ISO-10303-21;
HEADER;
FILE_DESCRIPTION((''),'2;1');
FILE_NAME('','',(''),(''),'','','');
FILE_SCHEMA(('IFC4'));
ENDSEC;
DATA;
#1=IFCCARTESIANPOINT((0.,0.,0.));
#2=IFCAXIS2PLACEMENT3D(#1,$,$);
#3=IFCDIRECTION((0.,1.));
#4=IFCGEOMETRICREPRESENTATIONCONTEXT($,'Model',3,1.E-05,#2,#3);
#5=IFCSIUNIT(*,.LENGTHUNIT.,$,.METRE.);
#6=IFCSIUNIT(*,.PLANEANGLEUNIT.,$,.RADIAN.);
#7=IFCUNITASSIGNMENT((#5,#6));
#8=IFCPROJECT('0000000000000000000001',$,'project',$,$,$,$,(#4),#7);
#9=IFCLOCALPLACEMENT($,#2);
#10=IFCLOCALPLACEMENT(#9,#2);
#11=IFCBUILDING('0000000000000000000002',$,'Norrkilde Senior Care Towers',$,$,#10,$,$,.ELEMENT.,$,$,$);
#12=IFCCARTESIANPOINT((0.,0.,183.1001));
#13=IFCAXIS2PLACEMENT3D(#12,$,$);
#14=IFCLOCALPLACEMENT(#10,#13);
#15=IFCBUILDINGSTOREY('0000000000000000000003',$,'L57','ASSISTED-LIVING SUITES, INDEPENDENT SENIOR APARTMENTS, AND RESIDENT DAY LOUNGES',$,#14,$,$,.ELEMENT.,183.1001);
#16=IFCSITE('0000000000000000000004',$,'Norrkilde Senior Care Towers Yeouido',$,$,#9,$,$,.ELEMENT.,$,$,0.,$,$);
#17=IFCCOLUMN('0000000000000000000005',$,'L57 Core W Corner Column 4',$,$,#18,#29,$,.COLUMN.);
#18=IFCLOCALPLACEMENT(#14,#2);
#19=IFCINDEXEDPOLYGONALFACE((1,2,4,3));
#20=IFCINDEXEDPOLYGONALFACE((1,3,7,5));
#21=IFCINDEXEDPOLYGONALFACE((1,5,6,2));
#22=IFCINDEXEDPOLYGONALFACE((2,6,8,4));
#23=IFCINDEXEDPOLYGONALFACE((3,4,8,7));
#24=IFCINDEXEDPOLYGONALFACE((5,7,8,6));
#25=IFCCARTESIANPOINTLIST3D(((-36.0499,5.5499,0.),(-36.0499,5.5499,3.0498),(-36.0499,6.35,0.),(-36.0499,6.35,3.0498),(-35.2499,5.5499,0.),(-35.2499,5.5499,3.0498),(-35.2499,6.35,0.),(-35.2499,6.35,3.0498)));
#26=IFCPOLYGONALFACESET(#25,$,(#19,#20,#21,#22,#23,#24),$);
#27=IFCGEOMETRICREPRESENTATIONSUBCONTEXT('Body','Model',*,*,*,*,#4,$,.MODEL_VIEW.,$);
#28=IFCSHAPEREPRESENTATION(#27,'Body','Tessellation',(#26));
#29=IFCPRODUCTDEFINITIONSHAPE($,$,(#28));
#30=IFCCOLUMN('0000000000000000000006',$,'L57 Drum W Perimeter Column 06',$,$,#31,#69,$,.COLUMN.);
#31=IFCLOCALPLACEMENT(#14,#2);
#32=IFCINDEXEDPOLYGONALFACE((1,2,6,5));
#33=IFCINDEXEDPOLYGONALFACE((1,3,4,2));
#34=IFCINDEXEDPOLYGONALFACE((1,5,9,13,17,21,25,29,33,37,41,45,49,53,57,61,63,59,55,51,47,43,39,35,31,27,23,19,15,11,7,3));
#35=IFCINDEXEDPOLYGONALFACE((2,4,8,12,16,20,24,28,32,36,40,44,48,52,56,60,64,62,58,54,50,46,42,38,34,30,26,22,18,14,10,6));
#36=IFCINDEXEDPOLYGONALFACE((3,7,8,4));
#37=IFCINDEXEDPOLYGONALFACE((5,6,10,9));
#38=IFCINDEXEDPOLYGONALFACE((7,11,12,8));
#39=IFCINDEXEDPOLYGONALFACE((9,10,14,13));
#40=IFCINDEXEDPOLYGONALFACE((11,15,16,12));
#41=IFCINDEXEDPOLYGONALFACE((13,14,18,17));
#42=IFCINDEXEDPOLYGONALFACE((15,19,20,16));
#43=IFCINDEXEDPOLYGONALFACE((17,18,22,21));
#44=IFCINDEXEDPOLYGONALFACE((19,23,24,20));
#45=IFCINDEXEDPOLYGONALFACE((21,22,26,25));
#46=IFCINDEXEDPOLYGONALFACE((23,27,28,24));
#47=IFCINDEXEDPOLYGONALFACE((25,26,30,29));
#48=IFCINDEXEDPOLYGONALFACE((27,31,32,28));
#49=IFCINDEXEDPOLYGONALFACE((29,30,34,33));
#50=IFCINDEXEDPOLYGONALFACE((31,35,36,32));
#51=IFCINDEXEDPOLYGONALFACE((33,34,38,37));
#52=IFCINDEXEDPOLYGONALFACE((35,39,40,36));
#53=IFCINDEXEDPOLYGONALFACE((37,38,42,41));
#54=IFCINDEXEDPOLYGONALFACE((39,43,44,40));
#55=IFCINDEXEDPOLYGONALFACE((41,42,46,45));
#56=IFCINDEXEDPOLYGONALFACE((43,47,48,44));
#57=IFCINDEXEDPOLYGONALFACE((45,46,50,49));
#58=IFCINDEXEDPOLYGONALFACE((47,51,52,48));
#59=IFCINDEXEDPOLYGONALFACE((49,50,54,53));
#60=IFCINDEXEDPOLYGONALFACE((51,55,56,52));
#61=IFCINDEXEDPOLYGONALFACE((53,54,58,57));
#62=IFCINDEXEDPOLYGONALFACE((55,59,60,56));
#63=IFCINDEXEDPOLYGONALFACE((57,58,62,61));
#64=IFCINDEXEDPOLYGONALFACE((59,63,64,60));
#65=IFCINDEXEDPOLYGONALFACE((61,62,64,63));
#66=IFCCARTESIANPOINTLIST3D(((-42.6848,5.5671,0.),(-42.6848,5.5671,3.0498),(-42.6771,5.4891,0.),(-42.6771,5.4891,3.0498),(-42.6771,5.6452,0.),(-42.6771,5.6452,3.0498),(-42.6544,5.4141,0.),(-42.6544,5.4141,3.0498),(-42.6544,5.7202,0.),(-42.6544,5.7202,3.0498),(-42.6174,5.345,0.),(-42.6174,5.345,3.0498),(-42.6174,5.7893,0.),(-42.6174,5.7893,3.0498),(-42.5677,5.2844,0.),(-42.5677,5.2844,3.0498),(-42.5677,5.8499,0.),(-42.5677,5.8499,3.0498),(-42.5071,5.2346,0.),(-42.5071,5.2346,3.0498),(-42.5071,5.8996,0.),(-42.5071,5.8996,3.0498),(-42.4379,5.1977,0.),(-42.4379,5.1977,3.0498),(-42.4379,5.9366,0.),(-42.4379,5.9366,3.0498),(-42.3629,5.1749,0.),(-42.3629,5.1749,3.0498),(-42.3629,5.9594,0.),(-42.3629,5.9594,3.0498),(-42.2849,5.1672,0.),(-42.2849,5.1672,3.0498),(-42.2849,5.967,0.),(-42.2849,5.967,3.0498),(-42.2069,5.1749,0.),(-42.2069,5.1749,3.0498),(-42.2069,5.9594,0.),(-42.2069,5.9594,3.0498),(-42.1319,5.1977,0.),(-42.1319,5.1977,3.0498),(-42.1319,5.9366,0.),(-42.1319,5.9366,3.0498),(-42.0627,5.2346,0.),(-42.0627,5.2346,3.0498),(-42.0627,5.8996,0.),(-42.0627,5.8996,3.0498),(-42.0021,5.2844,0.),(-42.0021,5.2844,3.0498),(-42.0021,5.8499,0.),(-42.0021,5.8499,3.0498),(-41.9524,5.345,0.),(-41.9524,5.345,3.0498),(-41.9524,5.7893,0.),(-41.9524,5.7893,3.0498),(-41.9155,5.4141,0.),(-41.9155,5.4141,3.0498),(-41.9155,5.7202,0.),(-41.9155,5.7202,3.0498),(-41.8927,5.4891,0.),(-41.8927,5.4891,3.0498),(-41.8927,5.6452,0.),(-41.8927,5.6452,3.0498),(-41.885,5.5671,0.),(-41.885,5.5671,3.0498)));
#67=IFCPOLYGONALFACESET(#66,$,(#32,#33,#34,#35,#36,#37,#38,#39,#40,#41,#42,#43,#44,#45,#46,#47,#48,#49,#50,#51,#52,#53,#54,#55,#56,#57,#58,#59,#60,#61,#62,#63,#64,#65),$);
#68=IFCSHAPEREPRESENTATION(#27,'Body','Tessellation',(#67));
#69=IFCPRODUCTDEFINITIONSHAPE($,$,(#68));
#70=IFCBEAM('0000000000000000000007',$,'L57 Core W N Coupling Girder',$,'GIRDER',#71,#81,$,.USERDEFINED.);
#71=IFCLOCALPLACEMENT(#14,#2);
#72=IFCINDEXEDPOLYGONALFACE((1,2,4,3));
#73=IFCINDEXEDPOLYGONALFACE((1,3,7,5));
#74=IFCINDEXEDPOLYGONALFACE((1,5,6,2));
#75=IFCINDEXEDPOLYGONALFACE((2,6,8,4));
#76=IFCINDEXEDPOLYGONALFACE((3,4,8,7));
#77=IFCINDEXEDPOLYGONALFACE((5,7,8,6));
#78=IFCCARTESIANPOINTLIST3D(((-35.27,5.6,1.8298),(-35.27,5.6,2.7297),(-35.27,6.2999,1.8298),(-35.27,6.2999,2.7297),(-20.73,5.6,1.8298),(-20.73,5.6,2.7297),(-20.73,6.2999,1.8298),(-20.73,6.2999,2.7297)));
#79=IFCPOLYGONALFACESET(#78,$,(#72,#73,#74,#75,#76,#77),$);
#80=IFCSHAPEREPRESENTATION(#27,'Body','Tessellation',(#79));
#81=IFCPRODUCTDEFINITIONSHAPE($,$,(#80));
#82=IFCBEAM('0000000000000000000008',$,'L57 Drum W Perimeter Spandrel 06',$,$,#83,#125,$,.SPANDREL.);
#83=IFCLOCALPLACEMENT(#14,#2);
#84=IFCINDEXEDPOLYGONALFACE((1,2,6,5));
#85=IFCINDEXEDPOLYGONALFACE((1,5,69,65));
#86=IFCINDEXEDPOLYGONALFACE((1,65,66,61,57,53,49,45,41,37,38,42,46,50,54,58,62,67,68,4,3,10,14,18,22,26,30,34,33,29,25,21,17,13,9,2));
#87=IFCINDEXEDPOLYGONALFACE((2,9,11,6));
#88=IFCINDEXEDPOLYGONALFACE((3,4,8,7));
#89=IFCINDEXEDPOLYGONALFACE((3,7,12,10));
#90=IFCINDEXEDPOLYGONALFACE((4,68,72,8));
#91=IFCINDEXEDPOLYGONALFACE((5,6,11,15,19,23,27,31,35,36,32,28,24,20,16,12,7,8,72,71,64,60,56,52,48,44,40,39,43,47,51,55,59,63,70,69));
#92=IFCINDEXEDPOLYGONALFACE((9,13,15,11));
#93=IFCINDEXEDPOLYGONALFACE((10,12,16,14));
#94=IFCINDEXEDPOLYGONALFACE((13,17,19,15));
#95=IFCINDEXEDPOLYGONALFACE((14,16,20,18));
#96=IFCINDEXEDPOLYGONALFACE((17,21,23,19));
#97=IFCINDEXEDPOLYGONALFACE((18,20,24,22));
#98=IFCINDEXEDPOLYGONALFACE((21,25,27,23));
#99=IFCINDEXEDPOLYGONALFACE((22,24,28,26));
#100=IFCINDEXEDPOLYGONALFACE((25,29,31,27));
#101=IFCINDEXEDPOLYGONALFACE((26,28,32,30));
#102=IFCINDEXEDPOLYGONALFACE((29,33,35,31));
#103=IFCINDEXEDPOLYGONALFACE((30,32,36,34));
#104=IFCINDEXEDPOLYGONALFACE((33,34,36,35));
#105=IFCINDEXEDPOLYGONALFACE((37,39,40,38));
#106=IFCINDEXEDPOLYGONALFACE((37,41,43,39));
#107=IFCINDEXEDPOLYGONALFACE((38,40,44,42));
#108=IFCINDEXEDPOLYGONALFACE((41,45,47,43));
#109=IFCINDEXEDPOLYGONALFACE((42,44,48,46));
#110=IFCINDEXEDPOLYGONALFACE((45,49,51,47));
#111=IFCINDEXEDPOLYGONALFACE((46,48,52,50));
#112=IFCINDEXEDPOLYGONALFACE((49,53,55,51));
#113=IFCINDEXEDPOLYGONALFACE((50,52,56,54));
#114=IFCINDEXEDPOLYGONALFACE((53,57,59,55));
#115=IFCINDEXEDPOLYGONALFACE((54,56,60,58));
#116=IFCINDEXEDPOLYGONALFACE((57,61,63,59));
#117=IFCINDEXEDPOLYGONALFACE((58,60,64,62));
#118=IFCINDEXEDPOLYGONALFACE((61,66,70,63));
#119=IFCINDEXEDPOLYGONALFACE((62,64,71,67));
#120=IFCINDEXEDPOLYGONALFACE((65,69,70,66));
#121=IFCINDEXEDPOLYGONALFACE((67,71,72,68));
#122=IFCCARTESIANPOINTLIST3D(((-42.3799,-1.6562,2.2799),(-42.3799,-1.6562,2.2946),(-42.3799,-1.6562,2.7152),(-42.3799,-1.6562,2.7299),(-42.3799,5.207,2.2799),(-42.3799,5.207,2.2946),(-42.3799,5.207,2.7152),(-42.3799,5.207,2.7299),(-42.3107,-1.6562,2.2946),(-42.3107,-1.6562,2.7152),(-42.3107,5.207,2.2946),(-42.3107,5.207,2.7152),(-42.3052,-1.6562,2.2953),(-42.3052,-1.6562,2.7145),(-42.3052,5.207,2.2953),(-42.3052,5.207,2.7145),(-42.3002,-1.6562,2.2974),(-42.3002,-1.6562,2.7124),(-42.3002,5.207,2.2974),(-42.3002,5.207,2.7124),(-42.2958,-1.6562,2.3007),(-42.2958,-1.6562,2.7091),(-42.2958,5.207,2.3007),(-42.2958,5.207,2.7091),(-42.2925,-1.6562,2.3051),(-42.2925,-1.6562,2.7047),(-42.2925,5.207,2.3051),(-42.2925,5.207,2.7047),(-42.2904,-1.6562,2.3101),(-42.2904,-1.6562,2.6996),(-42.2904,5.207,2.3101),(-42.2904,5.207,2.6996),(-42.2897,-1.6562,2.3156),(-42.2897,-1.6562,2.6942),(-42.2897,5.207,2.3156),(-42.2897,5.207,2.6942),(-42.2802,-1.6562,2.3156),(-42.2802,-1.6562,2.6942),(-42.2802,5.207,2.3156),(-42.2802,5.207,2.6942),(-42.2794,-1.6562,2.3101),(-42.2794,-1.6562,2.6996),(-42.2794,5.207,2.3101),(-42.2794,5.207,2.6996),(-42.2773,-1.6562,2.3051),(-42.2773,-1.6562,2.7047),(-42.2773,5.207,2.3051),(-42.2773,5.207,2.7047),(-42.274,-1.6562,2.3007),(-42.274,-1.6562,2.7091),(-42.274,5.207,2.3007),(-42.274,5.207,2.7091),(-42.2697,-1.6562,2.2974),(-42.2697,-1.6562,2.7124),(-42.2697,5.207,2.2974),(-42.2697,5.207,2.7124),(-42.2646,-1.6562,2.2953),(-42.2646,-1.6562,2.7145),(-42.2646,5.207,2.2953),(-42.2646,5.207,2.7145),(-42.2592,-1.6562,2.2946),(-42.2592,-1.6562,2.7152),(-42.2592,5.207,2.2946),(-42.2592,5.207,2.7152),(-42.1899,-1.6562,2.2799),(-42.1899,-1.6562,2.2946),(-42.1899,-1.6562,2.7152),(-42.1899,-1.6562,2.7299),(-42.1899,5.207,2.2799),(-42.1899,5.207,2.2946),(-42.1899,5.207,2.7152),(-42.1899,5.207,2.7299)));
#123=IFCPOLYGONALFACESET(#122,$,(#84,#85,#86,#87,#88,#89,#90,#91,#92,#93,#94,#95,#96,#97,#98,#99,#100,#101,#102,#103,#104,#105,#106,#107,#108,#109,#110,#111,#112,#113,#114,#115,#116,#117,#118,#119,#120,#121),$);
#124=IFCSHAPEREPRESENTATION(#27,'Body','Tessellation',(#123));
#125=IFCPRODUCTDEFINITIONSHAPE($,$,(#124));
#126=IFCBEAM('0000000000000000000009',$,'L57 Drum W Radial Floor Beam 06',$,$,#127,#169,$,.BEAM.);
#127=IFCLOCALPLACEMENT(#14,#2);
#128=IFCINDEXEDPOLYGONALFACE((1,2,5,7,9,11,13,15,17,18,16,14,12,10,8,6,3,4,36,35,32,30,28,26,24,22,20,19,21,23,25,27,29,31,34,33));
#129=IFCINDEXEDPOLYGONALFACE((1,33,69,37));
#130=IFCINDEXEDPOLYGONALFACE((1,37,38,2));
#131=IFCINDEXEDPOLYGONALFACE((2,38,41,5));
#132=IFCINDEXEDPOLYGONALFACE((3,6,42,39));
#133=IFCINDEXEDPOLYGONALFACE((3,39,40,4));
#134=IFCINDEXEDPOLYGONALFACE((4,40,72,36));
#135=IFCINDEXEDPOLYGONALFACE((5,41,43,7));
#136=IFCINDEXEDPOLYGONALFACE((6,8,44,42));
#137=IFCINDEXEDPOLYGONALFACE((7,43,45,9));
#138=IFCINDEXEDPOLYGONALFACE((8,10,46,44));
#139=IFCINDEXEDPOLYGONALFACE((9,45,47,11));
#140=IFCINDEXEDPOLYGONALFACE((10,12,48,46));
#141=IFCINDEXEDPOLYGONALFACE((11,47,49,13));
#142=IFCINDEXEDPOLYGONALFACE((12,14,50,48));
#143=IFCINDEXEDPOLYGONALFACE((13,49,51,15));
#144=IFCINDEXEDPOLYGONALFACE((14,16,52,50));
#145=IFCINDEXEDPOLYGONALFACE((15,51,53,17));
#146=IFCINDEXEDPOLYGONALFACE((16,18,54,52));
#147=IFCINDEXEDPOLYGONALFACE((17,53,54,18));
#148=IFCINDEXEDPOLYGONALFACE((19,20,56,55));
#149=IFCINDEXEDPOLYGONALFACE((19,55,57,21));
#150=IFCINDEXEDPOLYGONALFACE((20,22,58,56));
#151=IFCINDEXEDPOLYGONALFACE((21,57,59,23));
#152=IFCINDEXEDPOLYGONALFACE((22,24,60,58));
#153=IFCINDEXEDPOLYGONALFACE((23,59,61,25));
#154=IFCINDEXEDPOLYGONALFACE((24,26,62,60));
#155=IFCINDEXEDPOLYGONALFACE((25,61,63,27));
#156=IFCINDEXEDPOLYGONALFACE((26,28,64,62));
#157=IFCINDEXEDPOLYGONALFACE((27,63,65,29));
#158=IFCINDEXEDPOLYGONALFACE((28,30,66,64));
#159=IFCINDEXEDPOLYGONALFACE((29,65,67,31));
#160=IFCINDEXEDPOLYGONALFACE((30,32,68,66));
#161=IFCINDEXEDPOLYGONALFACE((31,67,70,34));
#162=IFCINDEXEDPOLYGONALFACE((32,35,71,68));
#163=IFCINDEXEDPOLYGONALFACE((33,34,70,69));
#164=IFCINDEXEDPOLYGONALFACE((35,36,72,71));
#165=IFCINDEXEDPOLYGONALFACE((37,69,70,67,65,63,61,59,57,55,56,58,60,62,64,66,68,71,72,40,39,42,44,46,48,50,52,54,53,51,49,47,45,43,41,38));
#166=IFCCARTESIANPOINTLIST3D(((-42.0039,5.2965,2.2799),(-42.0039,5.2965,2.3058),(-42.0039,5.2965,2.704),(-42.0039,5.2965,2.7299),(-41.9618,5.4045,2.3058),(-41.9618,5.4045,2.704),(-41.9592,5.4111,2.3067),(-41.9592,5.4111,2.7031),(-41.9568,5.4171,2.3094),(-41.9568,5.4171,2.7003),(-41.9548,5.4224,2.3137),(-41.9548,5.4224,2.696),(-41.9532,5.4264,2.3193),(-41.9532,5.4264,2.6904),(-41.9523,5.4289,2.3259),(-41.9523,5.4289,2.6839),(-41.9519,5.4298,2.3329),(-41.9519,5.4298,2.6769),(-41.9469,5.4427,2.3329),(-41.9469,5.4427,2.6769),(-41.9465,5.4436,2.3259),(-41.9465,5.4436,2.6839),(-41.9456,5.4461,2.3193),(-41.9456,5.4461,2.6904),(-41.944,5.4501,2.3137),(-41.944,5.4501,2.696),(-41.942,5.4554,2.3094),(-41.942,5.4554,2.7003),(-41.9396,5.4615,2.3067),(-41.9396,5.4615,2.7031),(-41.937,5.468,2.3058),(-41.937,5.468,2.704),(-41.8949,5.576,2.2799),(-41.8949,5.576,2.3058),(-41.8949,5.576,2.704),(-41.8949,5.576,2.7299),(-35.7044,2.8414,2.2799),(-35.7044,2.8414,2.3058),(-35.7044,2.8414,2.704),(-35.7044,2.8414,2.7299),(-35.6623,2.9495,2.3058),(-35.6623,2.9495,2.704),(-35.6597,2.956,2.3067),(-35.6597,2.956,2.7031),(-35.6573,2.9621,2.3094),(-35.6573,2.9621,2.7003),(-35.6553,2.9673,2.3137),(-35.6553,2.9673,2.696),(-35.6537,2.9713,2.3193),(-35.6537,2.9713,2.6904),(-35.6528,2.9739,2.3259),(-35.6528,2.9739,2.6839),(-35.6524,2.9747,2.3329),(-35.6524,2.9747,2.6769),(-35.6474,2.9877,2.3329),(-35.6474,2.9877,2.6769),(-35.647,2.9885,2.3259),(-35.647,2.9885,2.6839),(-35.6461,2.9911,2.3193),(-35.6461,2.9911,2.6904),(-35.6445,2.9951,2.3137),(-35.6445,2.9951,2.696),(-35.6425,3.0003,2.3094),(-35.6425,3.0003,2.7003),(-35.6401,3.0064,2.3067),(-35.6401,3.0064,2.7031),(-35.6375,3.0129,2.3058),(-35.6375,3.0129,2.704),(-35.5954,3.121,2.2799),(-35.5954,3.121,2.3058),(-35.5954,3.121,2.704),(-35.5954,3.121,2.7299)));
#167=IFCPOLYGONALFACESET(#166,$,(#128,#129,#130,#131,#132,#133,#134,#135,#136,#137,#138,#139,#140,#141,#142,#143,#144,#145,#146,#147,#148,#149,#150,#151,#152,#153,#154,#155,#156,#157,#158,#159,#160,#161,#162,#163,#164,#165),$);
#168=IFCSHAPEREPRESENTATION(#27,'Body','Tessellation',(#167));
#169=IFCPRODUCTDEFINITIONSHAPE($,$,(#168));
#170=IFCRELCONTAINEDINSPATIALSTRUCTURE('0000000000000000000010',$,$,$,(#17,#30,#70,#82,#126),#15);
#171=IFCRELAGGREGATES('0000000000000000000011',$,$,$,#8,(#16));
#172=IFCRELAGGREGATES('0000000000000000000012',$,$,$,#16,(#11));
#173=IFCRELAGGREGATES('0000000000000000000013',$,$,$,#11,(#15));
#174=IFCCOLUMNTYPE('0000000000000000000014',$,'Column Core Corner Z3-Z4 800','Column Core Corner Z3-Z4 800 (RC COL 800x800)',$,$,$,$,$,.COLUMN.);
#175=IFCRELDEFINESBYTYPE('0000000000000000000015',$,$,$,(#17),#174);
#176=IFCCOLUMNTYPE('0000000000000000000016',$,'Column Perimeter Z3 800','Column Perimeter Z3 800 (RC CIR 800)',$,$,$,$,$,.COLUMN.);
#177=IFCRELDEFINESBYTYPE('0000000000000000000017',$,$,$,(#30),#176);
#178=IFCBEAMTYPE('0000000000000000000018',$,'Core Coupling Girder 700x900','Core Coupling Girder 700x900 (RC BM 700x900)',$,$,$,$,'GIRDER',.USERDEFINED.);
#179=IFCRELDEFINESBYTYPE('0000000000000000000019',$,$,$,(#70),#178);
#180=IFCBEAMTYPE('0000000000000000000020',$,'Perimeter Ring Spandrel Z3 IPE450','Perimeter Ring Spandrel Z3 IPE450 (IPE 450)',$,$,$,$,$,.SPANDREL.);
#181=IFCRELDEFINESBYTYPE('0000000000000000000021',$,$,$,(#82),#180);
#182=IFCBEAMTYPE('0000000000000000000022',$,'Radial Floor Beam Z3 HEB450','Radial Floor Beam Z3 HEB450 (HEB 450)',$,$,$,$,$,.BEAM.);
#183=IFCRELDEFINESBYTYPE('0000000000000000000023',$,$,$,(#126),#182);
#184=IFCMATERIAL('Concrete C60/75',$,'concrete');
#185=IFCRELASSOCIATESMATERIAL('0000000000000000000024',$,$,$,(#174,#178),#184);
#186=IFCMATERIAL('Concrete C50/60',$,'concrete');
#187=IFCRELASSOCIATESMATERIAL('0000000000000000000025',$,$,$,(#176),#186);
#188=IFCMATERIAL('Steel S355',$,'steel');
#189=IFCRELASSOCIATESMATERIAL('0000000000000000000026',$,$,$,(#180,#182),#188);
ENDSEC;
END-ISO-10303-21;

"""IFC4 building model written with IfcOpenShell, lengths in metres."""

from ifc_helpers import new_model, si_unit, direction, frame, origin, origin_2d, place, context, subcontext, project, spatial, rectangle, circle, i_section, extrude, source, transform, mapped, material, material_profile, profile_set, type_object, type_shapes, element, save


model = new_model("IFC4")

# Units and contexts
model_context = context("Model", 3, precision=1e-05, world=origin(), true_north=direction((0.0, 1.0)))
body_context = subcontext(model_context, "Body", "Model", "MODEL_VIEW")
ifc_project = project(units=[si_unit("LENGTHUNIT", "METRE"), si_unit("PLANEANGLEUNIT", "RADIAN")], contexts=[model_context])

# Site, building, storey
site_placement = place(None, origin())
site = spatial("IfcSite", under=ifc_project, at=site_placement, Name="Norrkilde Senior Care Towers Yeouido", CompositionType="ELEMENT", RefElevation=0.0)
building_placement = place(site_placement, origin())
building = spatial("IfcBuilding", under=site, at=building_placement, Name="Norrkilde Senior Care Towers", CompositionType="ELEMENT")
storey_placement = place(building_placement, frame((0.0, 0.0, 183.1001)))
storey = spatial("IfcBuildingStorey", under=building, at=storey_placement, Name="L57", Description="ASSISTED-LIVING SUITES, INDEPENDENT SENIOR APARTMENTS, AND RESIDENT DAY LOUNGES", CompositionType="ELEMENT", Elevation=183.1001)

# Columns
ifc_material_1 = material(Name="Concrete C60/75", Category="concrete")
ifc_material_profile_1 = material_profile(ifc_material_1, rectangle(XDim=0.8, YDim=0.8, at=origin_2d()), Name="RC COL 800x800")
ifc_profile_set_1 = profile_set([ifc_material_profile_1], Name="Concrete C60/75")
column_type_1 = type_object("IfcColumnType", Name="Column Core Corner Z3-Z4 800", Description="Column Core Corner Z3-Z4 800 (RC COL 800x800)", PredefinedType="COLUMN", material=ifc_profile_set_1)
shared_shape_1 = source(origin(), body_context, "Body", "SweptSolid", [
    extrude(rectangle(XDim=0.8, YDim=0.8, at=origin_2d()), origin(), (0.0, 0.0, 1.0), 3.0498),
])
type_shapes(column_type_1, [shared_shape_1])
column_1_placement = place(storey_placement, frame((-35.6499, 5.95, 0.0), z_axis=(0.0, 0.0, 1.0), x_axis=(1.0, 0.0, 0.0)))
element("IfcColumn", 1, at=column_1_placement, inside=storey, type_object=column_type_1, Name="L57 Core W Corner Column 4", PredefinedType="COLUMN", context=body_context, shape_type="MappedRepresentation", body=[
    mapped(shared_shape_1, transform((0.0, 0.0, 0.0), x_axis=(1.0, 0.0, 0.0), y_axis=(0.0, 1.0, 0.0), z_axis=(0.0, 0.0, 1.0), scale=1.0)),
])
ifc_material_2 = material(Name="Concrete C50/60", Category="concrete")
ifc_material_profile_2 = material_profile(ifc_material_2, circle(Radius=0.3999, at=origin_2d()), Name="RC CIR 800")
ifc_profile_set_2 = profile_set([ifc_material_profile_2], Name="Concrete C50/60")
column_type_2 = type_object("IfcColumnType", Name="Column Perimeter Z3 800", Description="Column Perimeter Z3 800 (RC CIR 800)", PredefinedType="COLUMN", material=ifc_profile_set_2)
shared_shape_2 = source(origin(), body_context, "Body", "SweptSolid", [
    extrude(circle(Radius=0.3999, at=origin_2d()), origin(), (0.0, 0.0, 1.0), 3.0498),
])
type_shapes(column_type_2, [shared_shape_2])
column_2_placement = place(storey_placement, frame((-42.2849, 5.5671, 0.0), z_axis=(0.0, 0.0, 1.0), x_axis=(1.0, 0.0, 0.0)))
element("IfcColumn", 2, at=column_2_placement, inside=storey, type_object=column_type_2, Name="L57 Drum W Perimeter Column 06", PredefinedType="COLUMN", context=body_context, shape_type="MappedRepresentation", body=[
    mapped(shared_shape_2, transform((0.0, 0.0, 0.0), x_axis=(1.0, 0.0, 0.0), y_axis=(0.0, 1.0, 0.0), z_axis=(0.0, 0.0, 1.0), scale=1.0)),
])

# Beams
ifc_material_profile_3 = material_profile(ifc_material_1, rectangle(XDim=0.7, YDim=0.8999, at=origin_2d()), Name="RC BM 700x900")
ifc_profile_set_3 = profile_set([ifc_material_profile_3], Name="Concrete C60/75")
beam_type_1 = type_object("IfcBeamType", Name="Core Coupling Girder 700x900", Description="Core Coupling Girder 700x900 (RC BM 700x900)", ElementType="GIRDER", PredefinedType="USERDEFINED", material=ifc_profile_set_3)
shared_shape_3 = source(origin(), body_context, "Body", "SweptSolid", [
    extrude(rectangle(XDim=0.7, YDim=0.8999, at=origin_2d()), origin(), (0.0, 0.0, 1.0), 14.54),
])
type_shapes(beam_type_1, [shared_shape_3])
beam_1_placement = place(storey_placement, frame((-35.27, 5.95, 2.2798), z_axis=(1.0, 0.0, 0.0), x_axis=(0.0, 1.0, 0.0)))
element("IfcBeam", 3, at=beam_1_placement, inside=storey, type_object=beam_type_1, Name="L57 Core W N Coupling Girder", ObjectType="GIRDER", PredefinedType="USERDEFINED", context=body_context, shape_type="MappedRepresentation", body=[
    mapped(shared_shape_3, transform((0.0, 0.0, 0.0), x_axis=(1.0, 0.0, 0.0), y_axis=(0.0, 1.0, 0.0), z_axis=(0.0, 0.0, 1.0), scale=1.0)),
])
ifc_material_3 = material(Name="Steel S355", Category="steel")
ifc_material_profile_4 = material_profile(ifc_material_3, i_section(OverallWidth=0.1899, OverallDepth=0.45, WebThickness=0.0095, FlangeThickness=0.0146, FilletRadius=0.021, at=origin_2d()), Name="IPE 450")
ifc_profile_set_4 = profile_set([ifc_material_profile_4], Name="Steel S355")
beam_type_2 = type_object("IfcBeamType", Name="Perimeter Ring Spandrel Z3 IPE450", Description="Perimeter Ring Spandrel Z3 IPE450 (IPE 450)", PredefinedType="SPANDREL", material=ifc_profile_set_4)
shared_shape_4 = source(origin(), body_context, "Body", "SweptSolid", [
    extrude(i_section(OverallWidth=0.1899, OverallDepth=0.45, WebThickness=0.0095, FlangeThickness=0.0146, FilletRadius=0.021, at=origin_2d()), origin(), (0.0, 0.0, 1.0), 6.8633),
])
type_shapes(beam_type_2, [shared_shape_4])
beam_2_placement = place(storey_placement, frame((-42.2849, 5.207, 2.5049), z_axis=(0.0, -1.0, 0.0), x_axis=(1.0, 0.0, 0.0)))
element("IfcBeam", 4, at=beam_2_placement, inside=storey, type_object=beam_type_2, Name="L57 Drum W Perimeter Spandrel 06", PredefinedType="SPANDREL", context=body_context, shape_type="MappedRepresentation", body=[
    mapped(shared_shape_4, transform((0.0, 0.0, 0.0), x_axis=(1.0, 0.0, 0.0), y_axis=(0.0, 1.0, 0.0), z_axis=(0.0, 0.0, 1.0), scale=1.0)),
])
ifc_material_profile_5 = material_profile(ifc_material_3, i_section(OverallWidth=0.3, OverallDepth=0.45, WebThickness=0.0139, FlangeThickness=0.0259, FilletRadius=0.0271, at=origin_2d()), Name="HEB 450")
ifc_profile_set_5 = profile_set([ifc_material_profile_5], Name="Steel S355")
beam_type_3 = type_object("IfcBeamType", Name="Radial Floor Beam Z3 HEB450", Description="Radial Floor Beam Z3 HEB450 (HEB 450)", PredefinedType="BEAM", material=ifc_profile_set_5)
shared_shape_5 = source(origin(), body_context, "Body", "SweptSolid", [
    extrude(i_section(OverallWidth=0.3, OverallDepth=0.45, WebThickness=0.0139, FlangeThickness=0.0259, FilletRadius=0.0271, at=origin_2d()), origin(), (0.0, 0.0, 1.0), 6.761),
])
type_shapes(beam_type_3, [shared_shape_5])
beam_3_placement = place(storey_placement, frame((-35.6499, 2.9812, 2.5049), z_axis=(-0.931742, 0.363121, 0.0), x_axis=(-0.363121, -0.931742, 0.0)))
element("IfcBeam", 5, at=beam_3_placement, inside=storey, type_object=beam_type_3, Name="L57 Drum W Radial Floor Beam 06", PredefinedType="BEAM", context=body_context, shape_type="MappedRepresentation", body=[
    mapped(shared_shape_5, transform((0.0, 0.0, 0.0), x_axis=(1.0, 0.0, 0.0), y_axis=(0.0, 1.0, 0.0), z_axis=(0.0, 0.0, 1.0), scale=1.0)),
])

save(model, "model.ifc")
